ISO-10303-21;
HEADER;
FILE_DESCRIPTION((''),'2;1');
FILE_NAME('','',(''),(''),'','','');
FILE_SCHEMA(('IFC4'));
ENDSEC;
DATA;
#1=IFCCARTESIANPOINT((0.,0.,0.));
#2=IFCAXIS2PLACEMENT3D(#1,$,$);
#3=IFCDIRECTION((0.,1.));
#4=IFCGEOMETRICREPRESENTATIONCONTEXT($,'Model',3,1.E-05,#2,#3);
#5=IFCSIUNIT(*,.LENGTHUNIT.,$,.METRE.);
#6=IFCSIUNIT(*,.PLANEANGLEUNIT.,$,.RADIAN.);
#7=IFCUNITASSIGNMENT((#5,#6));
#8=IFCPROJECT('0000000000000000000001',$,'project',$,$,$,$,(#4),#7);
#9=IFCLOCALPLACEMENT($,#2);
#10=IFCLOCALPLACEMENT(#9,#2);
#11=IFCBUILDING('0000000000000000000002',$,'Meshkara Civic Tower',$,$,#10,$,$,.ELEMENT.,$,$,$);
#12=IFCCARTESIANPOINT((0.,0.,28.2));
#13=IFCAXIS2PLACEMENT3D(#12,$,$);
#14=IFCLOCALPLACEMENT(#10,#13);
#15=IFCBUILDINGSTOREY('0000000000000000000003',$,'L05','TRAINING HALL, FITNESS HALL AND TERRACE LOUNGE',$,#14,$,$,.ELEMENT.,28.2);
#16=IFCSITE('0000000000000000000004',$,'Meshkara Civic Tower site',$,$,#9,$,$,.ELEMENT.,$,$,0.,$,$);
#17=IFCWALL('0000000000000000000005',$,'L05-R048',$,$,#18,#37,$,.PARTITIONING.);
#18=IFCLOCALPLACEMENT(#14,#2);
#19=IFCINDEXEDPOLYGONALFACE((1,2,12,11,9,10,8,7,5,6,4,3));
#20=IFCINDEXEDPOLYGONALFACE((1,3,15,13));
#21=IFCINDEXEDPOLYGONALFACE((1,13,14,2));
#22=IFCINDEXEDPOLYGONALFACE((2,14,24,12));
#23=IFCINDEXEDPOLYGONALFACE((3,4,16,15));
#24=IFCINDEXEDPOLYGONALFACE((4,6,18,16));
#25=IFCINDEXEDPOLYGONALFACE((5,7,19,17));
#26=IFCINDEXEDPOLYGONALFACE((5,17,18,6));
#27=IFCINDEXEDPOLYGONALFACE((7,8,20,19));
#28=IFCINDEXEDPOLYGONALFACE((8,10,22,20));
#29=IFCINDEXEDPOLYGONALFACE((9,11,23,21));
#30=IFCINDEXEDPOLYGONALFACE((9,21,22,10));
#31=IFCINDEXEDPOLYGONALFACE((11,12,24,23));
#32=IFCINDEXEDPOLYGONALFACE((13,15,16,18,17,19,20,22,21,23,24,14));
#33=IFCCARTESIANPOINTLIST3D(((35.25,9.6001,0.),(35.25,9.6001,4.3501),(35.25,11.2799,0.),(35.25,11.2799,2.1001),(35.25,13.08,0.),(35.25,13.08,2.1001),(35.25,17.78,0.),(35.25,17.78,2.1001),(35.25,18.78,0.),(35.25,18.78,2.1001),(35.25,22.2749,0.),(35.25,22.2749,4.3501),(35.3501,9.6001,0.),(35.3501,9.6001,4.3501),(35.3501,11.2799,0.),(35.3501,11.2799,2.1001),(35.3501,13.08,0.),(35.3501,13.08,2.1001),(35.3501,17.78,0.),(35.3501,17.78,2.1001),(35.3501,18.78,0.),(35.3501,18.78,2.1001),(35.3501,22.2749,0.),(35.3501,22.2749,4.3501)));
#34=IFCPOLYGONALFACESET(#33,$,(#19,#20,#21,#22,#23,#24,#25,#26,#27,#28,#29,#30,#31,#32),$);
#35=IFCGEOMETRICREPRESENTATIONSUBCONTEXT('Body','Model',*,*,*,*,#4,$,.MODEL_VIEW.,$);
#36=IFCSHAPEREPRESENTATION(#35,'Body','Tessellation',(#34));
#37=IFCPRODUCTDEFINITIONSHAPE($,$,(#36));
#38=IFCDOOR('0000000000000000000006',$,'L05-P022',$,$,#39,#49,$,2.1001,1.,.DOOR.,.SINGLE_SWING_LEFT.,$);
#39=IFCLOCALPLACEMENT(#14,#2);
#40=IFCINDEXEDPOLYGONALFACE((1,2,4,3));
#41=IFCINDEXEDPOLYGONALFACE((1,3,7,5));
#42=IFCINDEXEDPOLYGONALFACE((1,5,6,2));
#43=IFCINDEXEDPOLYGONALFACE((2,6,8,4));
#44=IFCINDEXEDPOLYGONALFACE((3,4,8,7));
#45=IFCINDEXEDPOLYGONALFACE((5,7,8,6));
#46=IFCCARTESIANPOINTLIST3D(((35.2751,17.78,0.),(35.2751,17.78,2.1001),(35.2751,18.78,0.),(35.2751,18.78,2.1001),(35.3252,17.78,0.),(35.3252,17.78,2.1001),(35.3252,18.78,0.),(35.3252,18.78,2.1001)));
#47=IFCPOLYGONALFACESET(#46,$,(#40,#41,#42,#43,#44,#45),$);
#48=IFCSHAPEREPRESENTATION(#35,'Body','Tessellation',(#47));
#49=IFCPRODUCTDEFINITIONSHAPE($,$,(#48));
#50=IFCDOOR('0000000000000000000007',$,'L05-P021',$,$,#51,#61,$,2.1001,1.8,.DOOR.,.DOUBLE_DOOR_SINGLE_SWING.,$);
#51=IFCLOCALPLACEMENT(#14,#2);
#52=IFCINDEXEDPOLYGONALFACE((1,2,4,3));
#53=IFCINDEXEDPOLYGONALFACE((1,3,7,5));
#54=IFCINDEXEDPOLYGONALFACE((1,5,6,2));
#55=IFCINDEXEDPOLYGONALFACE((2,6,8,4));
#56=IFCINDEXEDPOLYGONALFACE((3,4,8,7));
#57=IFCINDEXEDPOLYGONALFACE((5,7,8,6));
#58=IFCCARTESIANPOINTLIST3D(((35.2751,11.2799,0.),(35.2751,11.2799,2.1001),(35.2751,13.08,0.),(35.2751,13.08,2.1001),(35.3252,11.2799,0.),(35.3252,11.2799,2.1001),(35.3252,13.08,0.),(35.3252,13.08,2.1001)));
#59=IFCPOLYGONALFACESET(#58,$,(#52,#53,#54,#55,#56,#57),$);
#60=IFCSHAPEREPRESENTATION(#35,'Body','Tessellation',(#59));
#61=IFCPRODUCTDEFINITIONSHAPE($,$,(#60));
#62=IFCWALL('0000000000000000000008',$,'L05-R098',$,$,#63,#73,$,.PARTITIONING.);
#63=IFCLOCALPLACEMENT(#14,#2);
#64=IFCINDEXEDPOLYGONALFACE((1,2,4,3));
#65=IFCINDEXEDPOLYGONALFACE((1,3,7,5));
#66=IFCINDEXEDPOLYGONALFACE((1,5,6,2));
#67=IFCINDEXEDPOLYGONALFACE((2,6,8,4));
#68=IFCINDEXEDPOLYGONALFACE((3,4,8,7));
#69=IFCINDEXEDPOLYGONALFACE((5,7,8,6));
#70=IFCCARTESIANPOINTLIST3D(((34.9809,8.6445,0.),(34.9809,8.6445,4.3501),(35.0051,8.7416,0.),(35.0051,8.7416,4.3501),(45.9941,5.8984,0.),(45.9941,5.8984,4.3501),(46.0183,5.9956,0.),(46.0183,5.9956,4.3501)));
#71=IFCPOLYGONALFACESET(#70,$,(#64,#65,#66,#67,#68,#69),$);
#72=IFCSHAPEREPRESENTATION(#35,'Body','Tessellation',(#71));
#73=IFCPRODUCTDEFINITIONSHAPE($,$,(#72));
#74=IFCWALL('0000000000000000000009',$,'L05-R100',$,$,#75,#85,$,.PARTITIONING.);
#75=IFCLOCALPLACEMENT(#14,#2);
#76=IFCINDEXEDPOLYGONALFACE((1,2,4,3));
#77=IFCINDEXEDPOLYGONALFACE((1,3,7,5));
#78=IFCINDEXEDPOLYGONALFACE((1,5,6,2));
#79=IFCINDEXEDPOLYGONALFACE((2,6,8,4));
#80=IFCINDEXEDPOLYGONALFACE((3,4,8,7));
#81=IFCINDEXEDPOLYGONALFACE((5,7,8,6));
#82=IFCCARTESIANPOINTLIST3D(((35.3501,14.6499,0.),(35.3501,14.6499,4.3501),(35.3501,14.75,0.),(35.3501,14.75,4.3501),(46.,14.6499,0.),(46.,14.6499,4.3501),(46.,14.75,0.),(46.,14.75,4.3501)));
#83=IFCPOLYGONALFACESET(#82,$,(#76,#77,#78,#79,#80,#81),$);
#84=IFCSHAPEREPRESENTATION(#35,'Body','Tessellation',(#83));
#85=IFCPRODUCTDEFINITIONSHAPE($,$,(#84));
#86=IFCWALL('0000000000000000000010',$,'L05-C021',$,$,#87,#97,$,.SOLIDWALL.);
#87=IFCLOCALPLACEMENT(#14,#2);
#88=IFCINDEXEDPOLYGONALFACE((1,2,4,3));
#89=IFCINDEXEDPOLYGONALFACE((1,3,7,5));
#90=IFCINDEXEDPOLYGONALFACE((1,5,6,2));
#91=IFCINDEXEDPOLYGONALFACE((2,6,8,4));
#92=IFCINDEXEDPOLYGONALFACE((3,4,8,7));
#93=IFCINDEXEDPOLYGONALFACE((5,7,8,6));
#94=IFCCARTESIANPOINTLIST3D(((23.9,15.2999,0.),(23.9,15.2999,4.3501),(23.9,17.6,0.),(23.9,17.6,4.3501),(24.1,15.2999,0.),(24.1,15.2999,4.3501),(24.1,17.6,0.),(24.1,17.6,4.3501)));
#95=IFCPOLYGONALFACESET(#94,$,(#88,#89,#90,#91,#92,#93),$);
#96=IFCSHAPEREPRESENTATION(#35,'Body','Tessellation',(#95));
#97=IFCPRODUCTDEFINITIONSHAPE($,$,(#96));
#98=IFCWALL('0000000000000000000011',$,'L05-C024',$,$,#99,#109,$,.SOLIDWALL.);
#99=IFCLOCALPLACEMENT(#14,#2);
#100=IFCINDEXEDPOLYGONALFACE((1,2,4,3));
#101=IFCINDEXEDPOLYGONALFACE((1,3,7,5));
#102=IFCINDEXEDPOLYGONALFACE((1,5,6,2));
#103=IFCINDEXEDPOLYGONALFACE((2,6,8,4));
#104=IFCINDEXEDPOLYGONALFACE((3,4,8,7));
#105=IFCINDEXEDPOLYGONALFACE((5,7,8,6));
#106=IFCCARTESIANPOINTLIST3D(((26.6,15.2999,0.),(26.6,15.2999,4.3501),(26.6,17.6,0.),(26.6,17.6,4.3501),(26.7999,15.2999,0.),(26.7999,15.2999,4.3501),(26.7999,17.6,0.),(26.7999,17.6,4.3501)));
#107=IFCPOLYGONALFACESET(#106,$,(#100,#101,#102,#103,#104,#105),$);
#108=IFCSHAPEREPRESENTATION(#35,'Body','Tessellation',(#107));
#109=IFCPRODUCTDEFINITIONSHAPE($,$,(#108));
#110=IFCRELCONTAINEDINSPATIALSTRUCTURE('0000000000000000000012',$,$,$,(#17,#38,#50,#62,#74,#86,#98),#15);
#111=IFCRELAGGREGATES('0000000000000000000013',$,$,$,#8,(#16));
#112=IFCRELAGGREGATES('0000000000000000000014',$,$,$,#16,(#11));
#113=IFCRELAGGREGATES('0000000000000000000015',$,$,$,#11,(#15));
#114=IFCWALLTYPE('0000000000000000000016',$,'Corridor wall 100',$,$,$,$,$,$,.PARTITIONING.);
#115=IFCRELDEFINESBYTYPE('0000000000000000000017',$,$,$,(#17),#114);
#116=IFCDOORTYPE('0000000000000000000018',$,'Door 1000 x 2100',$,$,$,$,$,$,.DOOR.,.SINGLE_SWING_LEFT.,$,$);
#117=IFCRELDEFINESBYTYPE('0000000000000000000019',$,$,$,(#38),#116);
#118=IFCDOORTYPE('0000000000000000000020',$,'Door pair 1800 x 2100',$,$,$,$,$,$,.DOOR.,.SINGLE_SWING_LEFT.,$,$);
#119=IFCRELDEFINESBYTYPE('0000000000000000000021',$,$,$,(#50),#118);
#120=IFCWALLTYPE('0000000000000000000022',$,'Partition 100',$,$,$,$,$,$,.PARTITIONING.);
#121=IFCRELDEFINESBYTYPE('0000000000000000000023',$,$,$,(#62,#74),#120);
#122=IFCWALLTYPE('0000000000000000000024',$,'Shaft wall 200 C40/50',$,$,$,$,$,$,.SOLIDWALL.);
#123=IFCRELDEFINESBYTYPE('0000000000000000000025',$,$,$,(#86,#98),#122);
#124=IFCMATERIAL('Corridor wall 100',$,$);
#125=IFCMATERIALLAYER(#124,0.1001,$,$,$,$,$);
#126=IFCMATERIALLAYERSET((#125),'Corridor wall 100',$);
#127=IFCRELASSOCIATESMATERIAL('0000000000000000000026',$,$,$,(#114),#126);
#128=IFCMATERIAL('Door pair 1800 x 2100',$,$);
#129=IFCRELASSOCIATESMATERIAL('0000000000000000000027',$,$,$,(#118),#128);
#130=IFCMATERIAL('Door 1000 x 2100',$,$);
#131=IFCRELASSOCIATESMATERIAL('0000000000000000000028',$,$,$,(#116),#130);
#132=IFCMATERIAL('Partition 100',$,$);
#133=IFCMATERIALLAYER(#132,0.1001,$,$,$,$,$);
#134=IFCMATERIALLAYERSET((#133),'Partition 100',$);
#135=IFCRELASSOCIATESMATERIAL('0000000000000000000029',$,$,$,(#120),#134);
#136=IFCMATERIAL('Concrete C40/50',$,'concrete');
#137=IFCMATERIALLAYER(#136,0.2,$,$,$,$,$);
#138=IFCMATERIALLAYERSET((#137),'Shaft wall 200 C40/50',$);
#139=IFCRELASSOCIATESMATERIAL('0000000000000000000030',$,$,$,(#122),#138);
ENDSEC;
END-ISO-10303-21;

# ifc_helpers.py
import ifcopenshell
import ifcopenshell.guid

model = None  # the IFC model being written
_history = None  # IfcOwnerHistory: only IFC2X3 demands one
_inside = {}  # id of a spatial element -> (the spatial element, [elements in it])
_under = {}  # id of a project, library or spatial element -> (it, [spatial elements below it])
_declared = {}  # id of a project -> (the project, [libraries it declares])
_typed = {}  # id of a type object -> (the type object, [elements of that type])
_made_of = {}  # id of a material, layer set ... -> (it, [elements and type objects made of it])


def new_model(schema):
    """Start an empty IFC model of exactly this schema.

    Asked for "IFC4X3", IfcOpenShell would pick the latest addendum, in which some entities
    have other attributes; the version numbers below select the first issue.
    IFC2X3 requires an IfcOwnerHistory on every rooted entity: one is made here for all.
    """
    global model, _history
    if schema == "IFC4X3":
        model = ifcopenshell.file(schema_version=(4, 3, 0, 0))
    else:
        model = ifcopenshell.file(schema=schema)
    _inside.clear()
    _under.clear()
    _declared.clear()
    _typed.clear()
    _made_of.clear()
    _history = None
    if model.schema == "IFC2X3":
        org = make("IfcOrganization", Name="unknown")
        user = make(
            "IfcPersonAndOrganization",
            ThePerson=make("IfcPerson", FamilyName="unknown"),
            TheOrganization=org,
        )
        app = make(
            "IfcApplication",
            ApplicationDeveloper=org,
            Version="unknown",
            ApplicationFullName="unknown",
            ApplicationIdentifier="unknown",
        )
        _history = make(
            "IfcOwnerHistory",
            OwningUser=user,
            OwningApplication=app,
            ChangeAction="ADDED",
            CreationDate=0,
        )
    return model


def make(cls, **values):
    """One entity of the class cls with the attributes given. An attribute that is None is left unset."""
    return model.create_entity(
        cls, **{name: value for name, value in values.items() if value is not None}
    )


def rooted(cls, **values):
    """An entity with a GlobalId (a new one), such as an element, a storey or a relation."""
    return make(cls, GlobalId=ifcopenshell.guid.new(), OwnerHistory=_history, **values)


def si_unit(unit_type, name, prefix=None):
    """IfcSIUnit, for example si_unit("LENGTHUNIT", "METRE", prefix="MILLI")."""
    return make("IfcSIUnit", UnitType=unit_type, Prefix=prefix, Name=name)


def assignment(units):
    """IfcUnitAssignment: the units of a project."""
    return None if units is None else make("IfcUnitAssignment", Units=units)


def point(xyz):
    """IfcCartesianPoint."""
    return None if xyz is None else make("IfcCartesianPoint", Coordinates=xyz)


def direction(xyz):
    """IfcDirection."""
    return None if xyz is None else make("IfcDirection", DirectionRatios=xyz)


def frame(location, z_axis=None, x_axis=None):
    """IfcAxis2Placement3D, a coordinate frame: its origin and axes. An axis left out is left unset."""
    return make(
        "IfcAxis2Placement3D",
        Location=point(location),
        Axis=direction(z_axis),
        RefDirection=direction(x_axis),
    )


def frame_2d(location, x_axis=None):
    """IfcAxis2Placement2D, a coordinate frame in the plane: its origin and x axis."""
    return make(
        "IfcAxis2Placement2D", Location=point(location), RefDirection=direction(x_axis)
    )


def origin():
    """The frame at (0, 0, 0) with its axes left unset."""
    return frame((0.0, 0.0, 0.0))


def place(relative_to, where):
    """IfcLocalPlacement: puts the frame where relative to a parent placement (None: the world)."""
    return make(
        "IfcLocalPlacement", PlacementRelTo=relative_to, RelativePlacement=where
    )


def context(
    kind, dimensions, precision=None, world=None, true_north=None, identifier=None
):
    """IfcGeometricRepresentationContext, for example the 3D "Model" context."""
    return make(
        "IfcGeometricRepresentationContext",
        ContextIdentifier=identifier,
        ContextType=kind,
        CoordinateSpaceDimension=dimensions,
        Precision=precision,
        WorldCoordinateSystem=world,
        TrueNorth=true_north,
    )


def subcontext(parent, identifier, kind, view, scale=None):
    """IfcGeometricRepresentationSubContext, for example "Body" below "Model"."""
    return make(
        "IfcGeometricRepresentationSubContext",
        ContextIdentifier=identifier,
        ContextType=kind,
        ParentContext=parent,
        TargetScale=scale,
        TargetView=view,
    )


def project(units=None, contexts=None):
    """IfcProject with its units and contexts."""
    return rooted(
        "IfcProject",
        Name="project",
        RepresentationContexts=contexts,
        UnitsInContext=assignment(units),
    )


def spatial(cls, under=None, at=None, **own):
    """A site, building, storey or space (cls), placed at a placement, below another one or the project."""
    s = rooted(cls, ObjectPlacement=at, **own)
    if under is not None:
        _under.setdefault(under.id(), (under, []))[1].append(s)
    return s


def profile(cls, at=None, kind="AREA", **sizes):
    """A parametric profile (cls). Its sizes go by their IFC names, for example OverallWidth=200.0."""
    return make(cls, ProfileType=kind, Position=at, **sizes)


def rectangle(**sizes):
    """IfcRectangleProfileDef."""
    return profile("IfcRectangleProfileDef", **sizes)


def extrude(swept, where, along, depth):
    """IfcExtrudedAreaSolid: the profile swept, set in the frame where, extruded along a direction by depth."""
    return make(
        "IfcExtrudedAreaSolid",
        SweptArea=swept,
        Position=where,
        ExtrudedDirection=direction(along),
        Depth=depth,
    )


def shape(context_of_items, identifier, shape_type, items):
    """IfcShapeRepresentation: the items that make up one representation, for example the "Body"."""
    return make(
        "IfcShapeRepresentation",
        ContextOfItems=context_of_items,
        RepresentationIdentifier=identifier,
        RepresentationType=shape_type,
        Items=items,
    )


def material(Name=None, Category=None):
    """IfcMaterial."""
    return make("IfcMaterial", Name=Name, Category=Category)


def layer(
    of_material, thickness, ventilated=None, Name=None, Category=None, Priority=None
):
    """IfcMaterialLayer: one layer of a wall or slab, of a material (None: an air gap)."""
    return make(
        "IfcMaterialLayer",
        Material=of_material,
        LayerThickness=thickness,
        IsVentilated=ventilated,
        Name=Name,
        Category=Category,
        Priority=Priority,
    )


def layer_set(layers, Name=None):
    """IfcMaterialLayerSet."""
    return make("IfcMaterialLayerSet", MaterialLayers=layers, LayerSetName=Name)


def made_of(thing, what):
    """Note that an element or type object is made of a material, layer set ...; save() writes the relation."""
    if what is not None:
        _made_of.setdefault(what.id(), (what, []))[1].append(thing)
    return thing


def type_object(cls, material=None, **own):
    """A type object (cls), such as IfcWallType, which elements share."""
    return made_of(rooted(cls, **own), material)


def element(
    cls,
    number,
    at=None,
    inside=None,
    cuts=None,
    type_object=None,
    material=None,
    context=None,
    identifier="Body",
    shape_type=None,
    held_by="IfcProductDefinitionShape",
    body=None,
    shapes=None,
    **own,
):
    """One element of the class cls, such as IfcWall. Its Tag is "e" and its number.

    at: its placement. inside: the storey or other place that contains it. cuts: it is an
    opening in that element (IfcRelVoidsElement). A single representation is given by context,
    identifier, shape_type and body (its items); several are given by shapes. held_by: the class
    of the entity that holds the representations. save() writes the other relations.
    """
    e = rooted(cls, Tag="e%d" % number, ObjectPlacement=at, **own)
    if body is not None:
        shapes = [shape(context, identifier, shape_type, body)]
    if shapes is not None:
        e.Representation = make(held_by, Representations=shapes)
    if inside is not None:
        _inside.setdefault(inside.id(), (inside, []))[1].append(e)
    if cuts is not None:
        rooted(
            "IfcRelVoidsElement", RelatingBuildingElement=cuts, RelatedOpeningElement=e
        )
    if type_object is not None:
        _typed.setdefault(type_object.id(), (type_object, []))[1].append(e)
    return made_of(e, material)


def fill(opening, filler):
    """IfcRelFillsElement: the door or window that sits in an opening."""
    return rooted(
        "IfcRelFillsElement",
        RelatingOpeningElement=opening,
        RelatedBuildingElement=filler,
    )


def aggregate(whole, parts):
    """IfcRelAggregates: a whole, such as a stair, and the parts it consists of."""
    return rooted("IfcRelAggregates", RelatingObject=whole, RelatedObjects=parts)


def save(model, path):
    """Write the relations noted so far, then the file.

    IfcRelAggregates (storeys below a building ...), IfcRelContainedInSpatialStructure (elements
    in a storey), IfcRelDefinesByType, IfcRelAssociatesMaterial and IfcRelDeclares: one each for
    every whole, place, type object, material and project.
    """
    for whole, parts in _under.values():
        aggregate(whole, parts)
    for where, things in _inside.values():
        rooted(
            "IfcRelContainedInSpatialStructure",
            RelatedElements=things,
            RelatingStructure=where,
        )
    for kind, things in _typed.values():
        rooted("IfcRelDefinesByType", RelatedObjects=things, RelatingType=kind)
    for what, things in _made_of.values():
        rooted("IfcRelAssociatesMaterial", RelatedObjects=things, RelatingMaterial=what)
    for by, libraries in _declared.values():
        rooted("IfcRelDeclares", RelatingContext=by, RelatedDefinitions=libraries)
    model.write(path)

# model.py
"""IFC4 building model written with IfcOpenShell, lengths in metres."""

from ifc_helpers import new_model, si_unit, direction, frame, frame_2d, origin, place, context, subcontext, project, spatial, rectangle, extrude, material, layer, layer_set, type_object, element, fill, save


model = new_model("IFC4")

# Units and contexts
model_context = context("Model", 3, precision=1e-05, world=origin(), true_north=direction((0.0, 1.0)))
body_context = subcontext(model_context, "Body", "Model", "MODEL_VIEW")
ifc_project = project(units=[si_unit("LENGTHUNIT", "METRE"), si_unit("PLANEANGLEUNIT", "RADIAN")], contexts=[model_context])

# Site, building, storey
site_placement = place(None, origin())
site = spatial("IfcSite", under=ifc_project, at=site_placement, Name="Meshkara Civic Tower site", CompositionType="ELEMENT", RefElevation=0.0)
building_placement = place(site_placement, origin())
building = spatial("IfcBuilding", under=site, at=building_placement, Name="Meshkara Civic Tower", CompositionType="ELEMENT")
storey_placement = place(building_placement, frame((0.0, 0.0, 28.2)))
storey = spatial("IfcBuildingStorey", under=building, at=storey_placement, Name="L05", Description="TRAINING HALL, FITNESS HALL AND TERRACE LOUNGE", CompositionType="ELEMENT", Elevation=28.2)

# Shared definitions
ifc_material_1 = material(Name="Corridor wall 100")
ifc_layer_1 = layer(ifc_material_1, 0.1001)
ifc_layer_set_1 = layer_set([ifc_layer_1], Name="Corridor wall 100")
wall_type_1 = type_object("IfcWallType", Name="Corridor wall 100", PredefinedType="PARTITIONING", material=ifc_layer_set_1)
ifc_material_2 = material(Name="Door pair 1800 x 2100")
door_type_1 = type_object("IfcDoorType", Name="Door pair 1800 x 2100", OperationType="SINGLE_SWING_LEFT", PredefinedType="DOOR", material=ifc_material_2)

# Wall, openings, doors
wall_1_placement = place(storey_placement, frame((35.3, 9.6001, 0.0), z_axis=(0.0, 0.0, 1.0), x_axis=(0.0, 1.0, 0.0)))
wall_1 = element("IfcWall", 1, at=wall_1_placement, inside=storey, type_object=wall_type_1, Name="L05-R048", PredefinedType="PARTITIONING", context=body_context, shape_type="SweptSolid", body=[
    extrude(rectangle(XDim=12.6748, YDim=0.1001, at=frame_2d((6.3374, 0.0))), origin(), (0.0, 0.0, 1.0), 4.3501),
])
opening_1_placement = place(wall_1_placement, frame((1.6799, 0.0, 0.0)))
opening_1 = element("IfcOpeningElement", 2, at=opening_1_placement, cuts=wall_1, PredefinedType="OPENING", context=body_context, shape_type="SweptSolid", body=[
    extrude(rectangle(XDim=1.8, YDim=2.1001, at=frame_2d((0.8999, 1.05))), frame((0.0, 0.0601, 0.0), z_axis=(0.0, -1.0, 0.0), x_axis=(1.0, 0.0, 0.0)), (0.0, 0.0, 1.0), 0.1201),
])
opening_2_placement = place(wall_1_placement, frame((8.1799, 0.0, 0.0)))
opening_2 = element("IfcOpeningElement", 3, at=opening_2_placement, cuts=wall_1, PredefinedType="OPENING", context=body_context, shape_type="SweptSolid", body=[
    extrude(rectangle(XDim=1.0, YDim=2.1001, at=frame_2d((0.5, 1.05))), frame((0.0, 0.0601, 0.0), z_axis=(0.0, -1.0, 0.0), x_axis=(1.0, 0.0, 0.0)), (0.0, 0.0, 1.0), 0.1201),
])
ifc_material_3 = material(Name="Door 1000 x 2100")
door_type_2 = type_object("IfcDoorType", Name="Door 1000 x 2100", OperationType="SINGLE_SWING_LEFT", PredefinedType="DOOR", material=ifc_material_3)
door_1_placement = place(opening_2_placement, origin())
door_1 = element("IfcDoor", 4, at=door_1_placement, inside=storey, type_object=door_type_2, Name="L05-P022", OperationType="SINGLE_SWING_LEFT", OverallHeight=2.1001, OverallWidth=1.0, PredefinedType="DOOR", context=body_context, shape_type="SweptSolid", body=[
    extrude(rectangle(XDim=1.0, YDim=2.1001, at=frame_2d((0.5, 1.05))), frame((0.0, 0.0249, 0.0), z_axis=(0.0, -1.0, 0.0), x_axis=(1.0, 0.0, 0.0)), (0.0, 0.0, 1.0), 0.05),
])
fill(opening_2, door_1)
door_2_placement = place(opening_1_placement, origin())
door_2 = element("IfcDoor", 5, at=door_2_placement, inside=storey, type_object=door_type_1, Name="L05-P021", OperationType="DOUBLE_DOOR_SINGLE_SWING", OverallHeight=2.1001, OverallWidth=1.8, PredefinedType="DOOR", context=body_context, shape_type="SweptSolid", body=[
    extrude(rectangle(XDim=1.8, YDim=2.1001, at=frame_2d((0.8999, 1.05))), frame((0.0, 0.0249, 0.0), z_axis=(0.0, -1.0, 0.0), x_axis=(1.0, 0.0, 0.0)), (0.0, 0.0, 1.0), 0.05),
])
fill(opening_1, door_2)

# Walls
ifc_material_4 = material(Name="Partition 100")
ifc_layer_2 = layer(ifc_material_4, 0.1001)
ifc_layer_set_2 = layer_set([ifc_layer_2], Name="Partition 100")
wall_type_2 = type_object("IfcWallType", Name="Partition 100", PredefinedType="PARTITIONING", material=ifc_layer_set_2)
wall_2_placement = place(storey_placement, frame((34.9929, 8.6931, 0.0), z_axis=(0.0, 0.0, 1.0), x_axis=(0.970292, -0.241938, 0.0)))
element("IfcWall", 6, at=wall_2_placement, inside=storey, type_object=wall_type_2, Name="L05-R098", PredefinedType="PARTITIONING", context=body_context, shape_type="SweptSolid", body=[
    extrude(rectangle(XDim=11.3503, YDim=0.1001, at=frame_2d((5.6753, 0.0))), origin(), (0.0, 0.0, 1.0), 4.3501),
])
wall_3_placement = place(storey_placement, frame((35.3501, 14.7, 0.0), z_axis=(0.0, 0.0, 1.0), x_axis=(1.0, 0.0, 0.0)))
element("IfcWall", 7, at=wall_3_placement, inside=storey, type_object=wall_type_2, Name="L05-R100", PredefinedType="PARTITIONING", context=body_context, shape_type="SweptSolid", body=[
    extrude(rectangle(XDim=10.6499, YDim=0.1001, at=frame_2d((5.325, 0.0))), origin(), (0.0, 0.0, 1.0), 4.3501),
])
ifc_material_5 = material(Name="Concrete C40/50", Category="concrete")
ifc_layer_3 = layer(ifc_material_5, 0.2)
ifc_layer_set_3 = layer_set([ifc_layer_3], Name="Shaft wall 200 C40/50")
wall_type_3 = type_object("IfcWallType", Name="Shaft wall 200 C40/50", PredefinedType="SOLIDWALL", material=ifc_layer_set_3)
for number, where, z_axis, x_axis, name in (
    (8, (24.0, 15.3, 0.0), (0.0, 0.0, 1.0), (0.0, 1.0, 0.0), "L05-C021"),
    (9, (26.7, 15.3, 0.0), (0.0, 0.0, 1.0), (0.0, 1.0, 0.0), "L05-C024"),
):
    element("IfcWall", number, at=place(storey_placement, frame(where, z_axis=z_axis, x_axis=x_axis)), inside=storey, type_object=wall_type_3, Name=name, PredefinedType="SOLIDWALL", context=body_context, shape_type="SweptSolid", body=[
        extrude(rectangle(XDim=2.3, YDim=0.2, at=frame_2d((1.1499, 0.0))), origin(), (0.0, 0.0, 1.0), 4.3501),
    ])

save(model, "model.ifc")
